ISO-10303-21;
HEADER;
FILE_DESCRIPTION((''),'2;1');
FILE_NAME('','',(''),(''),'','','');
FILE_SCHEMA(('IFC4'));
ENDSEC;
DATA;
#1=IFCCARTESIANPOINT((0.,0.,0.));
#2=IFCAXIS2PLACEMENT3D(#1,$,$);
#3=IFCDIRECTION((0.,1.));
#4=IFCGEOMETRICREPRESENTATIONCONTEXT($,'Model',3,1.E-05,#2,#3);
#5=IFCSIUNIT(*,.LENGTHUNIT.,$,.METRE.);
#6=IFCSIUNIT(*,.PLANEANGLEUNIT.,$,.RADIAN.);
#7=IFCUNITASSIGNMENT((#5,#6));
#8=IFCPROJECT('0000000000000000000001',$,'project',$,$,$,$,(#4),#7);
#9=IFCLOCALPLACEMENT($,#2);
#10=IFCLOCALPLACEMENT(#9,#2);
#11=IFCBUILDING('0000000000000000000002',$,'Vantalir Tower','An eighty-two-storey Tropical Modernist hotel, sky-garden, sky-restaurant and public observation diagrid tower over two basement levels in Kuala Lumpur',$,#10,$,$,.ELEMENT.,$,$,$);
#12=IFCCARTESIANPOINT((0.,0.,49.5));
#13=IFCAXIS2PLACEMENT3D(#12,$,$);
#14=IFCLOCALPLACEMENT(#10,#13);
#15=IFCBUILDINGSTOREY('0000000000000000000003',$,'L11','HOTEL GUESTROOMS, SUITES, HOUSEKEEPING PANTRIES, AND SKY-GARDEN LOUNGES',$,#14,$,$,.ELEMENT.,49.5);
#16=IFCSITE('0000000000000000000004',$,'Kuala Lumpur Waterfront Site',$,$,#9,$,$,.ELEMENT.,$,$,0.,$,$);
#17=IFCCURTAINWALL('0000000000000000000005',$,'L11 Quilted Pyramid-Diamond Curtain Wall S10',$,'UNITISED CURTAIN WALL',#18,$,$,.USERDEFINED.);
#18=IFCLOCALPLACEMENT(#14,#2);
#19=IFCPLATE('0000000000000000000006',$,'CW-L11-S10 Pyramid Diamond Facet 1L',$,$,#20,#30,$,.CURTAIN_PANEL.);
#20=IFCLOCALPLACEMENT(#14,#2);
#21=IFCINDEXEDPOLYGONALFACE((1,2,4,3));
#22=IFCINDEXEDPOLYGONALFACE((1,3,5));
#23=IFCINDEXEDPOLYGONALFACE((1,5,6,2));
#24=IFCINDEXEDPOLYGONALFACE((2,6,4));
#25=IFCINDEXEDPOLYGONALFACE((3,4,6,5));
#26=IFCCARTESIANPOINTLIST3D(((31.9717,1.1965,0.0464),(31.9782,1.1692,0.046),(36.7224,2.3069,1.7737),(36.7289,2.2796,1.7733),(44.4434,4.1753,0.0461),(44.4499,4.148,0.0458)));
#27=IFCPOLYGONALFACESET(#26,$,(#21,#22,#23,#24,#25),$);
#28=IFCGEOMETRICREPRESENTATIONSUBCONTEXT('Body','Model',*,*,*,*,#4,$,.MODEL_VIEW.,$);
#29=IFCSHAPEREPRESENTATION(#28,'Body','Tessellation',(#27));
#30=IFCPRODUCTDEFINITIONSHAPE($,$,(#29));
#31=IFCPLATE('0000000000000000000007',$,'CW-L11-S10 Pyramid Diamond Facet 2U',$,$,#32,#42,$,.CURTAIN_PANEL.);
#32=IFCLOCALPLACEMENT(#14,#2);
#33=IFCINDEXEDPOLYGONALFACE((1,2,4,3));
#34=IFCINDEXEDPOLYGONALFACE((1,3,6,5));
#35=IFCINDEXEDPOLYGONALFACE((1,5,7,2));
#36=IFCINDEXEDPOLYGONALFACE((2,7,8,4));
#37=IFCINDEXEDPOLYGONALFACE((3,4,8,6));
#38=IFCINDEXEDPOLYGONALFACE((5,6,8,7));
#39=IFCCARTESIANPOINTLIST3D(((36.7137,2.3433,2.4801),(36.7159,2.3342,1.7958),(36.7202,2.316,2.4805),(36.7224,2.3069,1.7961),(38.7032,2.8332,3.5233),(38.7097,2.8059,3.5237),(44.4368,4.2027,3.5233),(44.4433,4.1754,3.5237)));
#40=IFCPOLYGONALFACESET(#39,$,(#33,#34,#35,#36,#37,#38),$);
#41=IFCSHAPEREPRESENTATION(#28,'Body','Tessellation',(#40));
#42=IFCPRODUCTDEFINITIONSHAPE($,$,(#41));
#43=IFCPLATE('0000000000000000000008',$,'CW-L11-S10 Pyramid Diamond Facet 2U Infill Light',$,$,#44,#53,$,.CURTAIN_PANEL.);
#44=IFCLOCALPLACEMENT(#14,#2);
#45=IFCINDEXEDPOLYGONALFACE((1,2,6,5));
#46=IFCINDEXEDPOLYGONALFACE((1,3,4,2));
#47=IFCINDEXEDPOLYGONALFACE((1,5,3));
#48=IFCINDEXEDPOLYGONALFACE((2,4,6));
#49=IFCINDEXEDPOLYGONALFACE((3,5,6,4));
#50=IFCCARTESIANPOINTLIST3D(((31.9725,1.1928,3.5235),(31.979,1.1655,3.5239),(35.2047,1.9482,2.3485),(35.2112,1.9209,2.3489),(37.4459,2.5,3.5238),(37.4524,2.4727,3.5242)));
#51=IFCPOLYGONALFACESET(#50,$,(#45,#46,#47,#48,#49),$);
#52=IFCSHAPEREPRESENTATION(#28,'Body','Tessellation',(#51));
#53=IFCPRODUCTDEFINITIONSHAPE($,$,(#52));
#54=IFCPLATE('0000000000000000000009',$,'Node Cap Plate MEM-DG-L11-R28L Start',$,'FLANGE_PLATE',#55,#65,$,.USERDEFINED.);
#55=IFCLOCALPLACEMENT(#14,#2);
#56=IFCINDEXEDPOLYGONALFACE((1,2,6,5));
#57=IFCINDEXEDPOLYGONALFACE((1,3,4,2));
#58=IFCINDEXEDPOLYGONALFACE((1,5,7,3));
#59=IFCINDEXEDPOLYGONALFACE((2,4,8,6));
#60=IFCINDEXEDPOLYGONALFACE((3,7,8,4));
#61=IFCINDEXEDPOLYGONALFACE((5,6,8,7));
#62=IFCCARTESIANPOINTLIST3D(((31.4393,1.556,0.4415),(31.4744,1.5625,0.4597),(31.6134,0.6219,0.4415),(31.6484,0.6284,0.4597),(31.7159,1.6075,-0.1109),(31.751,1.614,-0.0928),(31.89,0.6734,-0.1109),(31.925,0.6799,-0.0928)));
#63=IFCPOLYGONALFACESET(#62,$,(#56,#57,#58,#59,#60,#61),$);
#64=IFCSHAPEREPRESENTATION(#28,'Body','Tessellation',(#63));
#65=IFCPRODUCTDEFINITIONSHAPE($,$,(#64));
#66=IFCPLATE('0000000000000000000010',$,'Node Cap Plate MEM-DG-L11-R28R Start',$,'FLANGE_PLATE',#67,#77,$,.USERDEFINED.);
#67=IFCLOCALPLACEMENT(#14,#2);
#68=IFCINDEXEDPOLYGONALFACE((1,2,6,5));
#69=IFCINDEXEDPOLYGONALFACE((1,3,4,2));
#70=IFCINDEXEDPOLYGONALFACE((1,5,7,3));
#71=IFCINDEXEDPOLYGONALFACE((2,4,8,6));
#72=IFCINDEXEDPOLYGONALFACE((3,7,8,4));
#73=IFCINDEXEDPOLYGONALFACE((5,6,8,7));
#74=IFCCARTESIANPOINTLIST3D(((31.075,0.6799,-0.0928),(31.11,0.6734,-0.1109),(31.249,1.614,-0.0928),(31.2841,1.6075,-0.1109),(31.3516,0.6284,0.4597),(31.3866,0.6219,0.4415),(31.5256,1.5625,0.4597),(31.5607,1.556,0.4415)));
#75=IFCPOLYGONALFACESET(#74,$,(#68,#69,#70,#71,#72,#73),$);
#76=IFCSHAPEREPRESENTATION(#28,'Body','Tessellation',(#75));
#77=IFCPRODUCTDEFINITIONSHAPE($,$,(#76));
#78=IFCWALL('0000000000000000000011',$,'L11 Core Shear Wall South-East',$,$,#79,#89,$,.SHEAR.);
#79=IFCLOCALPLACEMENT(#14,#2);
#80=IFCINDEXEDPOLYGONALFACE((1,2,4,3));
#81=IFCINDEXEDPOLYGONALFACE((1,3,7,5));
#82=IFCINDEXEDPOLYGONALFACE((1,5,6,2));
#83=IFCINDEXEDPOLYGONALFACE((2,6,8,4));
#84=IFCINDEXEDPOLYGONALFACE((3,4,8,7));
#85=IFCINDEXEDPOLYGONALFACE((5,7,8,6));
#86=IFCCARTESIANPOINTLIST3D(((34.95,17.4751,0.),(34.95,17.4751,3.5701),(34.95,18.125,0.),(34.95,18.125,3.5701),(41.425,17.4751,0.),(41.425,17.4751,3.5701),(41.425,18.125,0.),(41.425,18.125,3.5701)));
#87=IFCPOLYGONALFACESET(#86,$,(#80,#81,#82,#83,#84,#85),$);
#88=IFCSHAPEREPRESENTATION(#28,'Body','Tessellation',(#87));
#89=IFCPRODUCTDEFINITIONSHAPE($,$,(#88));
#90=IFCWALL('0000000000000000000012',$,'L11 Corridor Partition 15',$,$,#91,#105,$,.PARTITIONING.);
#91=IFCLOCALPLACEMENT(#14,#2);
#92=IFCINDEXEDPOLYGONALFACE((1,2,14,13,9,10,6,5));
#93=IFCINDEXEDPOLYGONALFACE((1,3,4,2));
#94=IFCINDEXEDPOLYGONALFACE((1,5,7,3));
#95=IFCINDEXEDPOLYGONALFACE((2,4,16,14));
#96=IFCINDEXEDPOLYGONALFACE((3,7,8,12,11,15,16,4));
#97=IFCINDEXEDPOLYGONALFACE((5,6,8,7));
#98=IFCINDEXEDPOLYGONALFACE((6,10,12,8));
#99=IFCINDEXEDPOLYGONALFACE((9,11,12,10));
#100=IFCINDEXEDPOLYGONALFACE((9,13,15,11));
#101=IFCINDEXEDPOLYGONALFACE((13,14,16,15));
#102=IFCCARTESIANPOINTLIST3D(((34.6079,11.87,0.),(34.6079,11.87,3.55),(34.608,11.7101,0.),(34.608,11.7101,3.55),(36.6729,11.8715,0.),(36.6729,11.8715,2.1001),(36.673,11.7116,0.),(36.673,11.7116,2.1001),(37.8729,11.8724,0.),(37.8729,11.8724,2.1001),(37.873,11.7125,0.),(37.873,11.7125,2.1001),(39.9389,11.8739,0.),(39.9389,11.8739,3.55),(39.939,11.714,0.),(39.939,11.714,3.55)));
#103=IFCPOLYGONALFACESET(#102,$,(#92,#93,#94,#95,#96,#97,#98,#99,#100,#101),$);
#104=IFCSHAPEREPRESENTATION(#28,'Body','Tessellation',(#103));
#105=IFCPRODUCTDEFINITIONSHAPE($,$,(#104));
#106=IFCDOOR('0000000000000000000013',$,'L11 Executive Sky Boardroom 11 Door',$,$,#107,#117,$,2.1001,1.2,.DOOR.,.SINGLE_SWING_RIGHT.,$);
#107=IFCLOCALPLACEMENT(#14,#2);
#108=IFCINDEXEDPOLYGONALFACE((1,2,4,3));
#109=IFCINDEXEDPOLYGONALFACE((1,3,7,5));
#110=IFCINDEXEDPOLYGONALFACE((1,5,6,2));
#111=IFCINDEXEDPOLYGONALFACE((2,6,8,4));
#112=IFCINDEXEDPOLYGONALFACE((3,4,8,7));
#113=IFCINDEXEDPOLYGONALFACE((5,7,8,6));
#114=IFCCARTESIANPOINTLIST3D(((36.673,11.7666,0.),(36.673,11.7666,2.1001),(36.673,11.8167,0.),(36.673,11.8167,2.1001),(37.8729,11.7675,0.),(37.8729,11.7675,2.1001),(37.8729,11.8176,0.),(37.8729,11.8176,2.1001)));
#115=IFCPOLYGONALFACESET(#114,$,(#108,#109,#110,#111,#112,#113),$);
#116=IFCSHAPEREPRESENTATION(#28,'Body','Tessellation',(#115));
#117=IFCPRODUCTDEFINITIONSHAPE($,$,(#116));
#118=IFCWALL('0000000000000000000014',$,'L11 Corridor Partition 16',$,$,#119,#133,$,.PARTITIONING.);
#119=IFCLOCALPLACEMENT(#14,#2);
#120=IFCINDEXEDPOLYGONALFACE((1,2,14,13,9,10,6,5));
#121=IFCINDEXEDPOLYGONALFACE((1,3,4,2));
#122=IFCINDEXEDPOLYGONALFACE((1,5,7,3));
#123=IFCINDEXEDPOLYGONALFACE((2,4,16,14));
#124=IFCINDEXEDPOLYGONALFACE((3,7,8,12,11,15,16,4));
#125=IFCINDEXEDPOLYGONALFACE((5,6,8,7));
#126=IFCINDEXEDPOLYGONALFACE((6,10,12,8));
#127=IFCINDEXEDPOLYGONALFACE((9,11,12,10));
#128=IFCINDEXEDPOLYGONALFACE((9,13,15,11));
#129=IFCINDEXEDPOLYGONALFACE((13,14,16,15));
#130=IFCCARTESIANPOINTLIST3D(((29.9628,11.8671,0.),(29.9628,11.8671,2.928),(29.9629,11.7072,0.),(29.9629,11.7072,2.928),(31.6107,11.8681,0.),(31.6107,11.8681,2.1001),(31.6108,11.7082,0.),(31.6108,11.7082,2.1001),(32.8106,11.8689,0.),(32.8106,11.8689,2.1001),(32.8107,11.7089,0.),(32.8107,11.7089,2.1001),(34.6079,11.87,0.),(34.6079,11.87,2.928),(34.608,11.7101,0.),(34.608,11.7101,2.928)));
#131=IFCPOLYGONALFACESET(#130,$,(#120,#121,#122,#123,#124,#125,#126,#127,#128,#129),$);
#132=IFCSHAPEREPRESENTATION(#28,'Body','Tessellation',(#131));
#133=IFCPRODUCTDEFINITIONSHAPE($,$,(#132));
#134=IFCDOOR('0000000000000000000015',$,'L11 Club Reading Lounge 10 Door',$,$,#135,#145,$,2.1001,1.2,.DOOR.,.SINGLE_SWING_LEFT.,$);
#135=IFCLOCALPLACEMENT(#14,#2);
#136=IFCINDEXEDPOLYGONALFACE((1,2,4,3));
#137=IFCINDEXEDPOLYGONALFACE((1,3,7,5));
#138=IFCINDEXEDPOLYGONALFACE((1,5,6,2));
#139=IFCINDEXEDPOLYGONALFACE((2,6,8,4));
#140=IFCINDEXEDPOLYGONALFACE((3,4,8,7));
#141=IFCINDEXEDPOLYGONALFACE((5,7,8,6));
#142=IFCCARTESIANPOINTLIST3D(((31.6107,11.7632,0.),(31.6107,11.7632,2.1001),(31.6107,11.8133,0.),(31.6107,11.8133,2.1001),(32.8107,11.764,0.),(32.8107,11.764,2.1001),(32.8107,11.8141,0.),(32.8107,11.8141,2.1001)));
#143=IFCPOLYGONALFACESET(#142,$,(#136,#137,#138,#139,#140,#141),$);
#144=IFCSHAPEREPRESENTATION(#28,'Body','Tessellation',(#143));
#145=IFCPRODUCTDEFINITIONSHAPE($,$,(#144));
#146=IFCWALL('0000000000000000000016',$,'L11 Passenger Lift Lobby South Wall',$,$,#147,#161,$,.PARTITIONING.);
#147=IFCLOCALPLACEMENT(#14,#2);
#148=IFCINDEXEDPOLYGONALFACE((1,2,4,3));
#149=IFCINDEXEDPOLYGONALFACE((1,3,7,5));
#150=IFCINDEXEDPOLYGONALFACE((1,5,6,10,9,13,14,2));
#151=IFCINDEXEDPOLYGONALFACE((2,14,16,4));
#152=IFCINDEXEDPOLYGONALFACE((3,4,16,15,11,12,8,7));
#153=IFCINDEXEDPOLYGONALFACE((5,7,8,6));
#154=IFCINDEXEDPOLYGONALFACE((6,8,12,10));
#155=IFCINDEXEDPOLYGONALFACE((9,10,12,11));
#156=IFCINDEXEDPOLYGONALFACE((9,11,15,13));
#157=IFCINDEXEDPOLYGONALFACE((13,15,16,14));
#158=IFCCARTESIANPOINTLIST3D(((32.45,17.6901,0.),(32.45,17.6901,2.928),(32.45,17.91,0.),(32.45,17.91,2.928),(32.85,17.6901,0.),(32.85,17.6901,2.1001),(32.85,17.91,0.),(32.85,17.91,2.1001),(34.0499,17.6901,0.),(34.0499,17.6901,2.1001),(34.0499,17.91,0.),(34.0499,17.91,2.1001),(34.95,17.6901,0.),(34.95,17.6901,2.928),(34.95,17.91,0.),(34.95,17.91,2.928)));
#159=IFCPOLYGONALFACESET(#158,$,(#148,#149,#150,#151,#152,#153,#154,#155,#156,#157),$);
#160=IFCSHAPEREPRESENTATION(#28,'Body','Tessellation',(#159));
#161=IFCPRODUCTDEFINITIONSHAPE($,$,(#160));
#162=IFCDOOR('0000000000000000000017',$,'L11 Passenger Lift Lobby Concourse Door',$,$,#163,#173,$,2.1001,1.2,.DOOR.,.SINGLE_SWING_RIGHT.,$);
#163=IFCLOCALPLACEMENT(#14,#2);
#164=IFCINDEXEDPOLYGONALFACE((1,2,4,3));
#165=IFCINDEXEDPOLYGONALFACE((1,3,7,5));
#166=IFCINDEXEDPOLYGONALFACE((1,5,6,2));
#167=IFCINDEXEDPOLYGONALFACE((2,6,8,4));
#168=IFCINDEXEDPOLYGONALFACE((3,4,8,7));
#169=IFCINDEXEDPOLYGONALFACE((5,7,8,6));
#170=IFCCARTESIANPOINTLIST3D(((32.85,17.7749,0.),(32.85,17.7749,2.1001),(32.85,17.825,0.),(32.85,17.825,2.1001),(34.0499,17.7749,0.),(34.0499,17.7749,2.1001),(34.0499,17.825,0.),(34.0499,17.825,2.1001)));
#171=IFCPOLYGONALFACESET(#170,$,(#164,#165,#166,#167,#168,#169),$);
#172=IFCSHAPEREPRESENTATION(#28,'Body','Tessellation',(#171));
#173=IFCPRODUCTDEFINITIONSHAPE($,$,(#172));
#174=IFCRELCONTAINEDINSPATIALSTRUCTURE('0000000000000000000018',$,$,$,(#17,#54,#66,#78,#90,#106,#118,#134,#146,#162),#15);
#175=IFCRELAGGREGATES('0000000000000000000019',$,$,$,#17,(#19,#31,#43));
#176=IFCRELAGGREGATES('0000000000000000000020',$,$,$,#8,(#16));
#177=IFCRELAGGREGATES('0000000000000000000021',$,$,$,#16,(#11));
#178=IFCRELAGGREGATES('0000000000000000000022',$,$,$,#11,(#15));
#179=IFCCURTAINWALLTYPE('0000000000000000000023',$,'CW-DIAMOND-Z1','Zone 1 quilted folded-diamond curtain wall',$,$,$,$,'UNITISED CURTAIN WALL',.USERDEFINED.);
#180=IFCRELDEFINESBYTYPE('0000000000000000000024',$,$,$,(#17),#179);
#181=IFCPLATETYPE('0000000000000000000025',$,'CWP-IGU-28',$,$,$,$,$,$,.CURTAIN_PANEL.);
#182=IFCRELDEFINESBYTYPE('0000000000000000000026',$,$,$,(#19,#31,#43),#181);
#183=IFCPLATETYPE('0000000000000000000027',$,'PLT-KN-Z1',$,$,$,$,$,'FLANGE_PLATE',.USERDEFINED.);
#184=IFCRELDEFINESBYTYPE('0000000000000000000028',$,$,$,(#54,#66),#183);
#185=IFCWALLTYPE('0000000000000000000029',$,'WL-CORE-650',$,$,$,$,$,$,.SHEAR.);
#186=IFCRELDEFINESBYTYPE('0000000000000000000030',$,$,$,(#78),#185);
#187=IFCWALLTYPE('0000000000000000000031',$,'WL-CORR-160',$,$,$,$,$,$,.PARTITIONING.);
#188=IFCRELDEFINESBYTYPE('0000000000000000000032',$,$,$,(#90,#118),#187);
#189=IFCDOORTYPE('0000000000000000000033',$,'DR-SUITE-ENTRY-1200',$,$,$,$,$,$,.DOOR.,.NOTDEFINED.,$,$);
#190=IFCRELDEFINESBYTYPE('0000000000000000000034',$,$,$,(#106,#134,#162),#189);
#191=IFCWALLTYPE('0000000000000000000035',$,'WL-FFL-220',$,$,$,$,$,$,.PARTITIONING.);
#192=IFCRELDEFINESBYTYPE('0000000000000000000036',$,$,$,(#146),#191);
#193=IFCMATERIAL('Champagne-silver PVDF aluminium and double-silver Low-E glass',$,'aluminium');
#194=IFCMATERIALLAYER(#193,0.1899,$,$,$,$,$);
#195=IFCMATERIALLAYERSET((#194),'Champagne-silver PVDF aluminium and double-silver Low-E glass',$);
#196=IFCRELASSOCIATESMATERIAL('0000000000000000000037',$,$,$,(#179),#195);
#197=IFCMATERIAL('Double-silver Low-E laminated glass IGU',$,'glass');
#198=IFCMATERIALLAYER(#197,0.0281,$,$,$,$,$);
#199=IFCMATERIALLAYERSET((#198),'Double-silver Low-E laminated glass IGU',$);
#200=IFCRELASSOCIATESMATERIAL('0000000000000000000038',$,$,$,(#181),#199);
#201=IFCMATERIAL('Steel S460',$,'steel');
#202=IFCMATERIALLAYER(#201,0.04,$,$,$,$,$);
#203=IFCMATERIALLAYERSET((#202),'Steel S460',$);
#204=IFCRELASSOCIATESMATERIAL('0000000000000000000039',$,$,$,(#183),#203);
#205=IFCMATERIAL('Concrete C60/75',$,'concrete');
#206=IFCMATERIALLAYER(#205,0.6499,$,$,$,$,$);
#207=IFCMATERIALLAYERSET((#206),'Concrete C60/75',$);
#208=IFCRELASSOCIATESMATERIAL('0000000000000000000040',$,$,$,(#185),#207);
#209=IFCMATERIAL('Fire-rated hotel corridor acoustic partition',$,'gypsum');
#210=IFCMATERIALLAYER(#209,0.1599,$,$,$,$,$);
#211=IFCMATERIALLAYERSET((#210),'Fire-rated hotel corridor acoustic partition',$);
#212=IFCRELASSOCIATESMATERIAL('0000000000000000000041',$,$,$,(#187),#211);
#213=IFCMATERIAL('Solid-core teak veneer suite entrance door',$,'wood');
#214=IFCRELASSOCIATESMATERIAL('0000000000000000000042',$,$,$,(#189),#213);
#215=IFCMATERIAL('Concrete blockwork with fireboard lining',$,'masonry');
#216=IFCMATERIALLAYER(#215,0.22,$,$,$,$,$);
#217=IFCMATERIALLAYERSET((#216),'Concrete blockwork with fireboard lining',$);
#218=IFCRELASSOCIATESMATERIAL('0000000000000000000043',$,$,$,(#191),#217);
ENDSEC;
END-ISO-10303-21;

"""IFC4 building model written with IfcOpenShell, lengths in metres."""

from ifc_helpers import new_model, si_unit, direction, frame, frame_2d, origin, place, context, subcontext, project, spatial, polyline, rectangle, outline, extrude, material, layer, layer_set, type_object, element, fill, aggregate, save


model = new_model("IFC4")

# Units and contexts
model_context = context("Model", 3, precision=1e-05, world=origin(), true_north=direction((0.0, 1.0)))
body_context = subcontext(model_context, "Body", "Model", "MODEL_VIEW")
ifc_project = project(units=[si_unit("LENGTHUNIT", "METRE"), si_unit("PLANEANGLEUNIT", "RADIAN")], contexts=[model_context])

# Site, building, storey
site_placement = place(None, origin())
site = spatial("IfcSite", under=ifc_project, at=site_placement, Name="Kuala Lumpur Waterfront Site", CompositionType="ELEMENT", RefElevation=0.0)
building_placement = place(site_placement, origin())
building = spatial("IfcBuilding", under=site, at=building_placement, Name="Vantalir Tower", Description="An eighty-two-storey Tropical Modernist hotel, sky-garden, sky-restaurant and public observation diagrid tower over two basement levels in Kuala Lumpur", CompositionType="ELEMENT")
storey_placement = place(building_placement, frame((0.0, 0.0, 49.5)))
storey = spatial("IfcBuildingStorey", under=building, at=storey_placement, Name="L11", Description="HOTEL GUESTROOMS, SUITES, HOUSEKEEPING PANTRIES, AND SKY-GARDEN LOUNGES", CompositionType="ELEMENT", Elevation=49.5)

# Shared definitions
ifc_material_1 = material(Name="Concrete C60/75", Category="concrete")
ifc_material_2 = material(Name="Steel S460", Category="steel")

# Curtain wall
ifc_material_3 = material(Name="Champagne-silver PVDF aluminium and double-silver Low-E glass", Category="aluminium")
ifc_layer_1 = layer(ifc_material_3, 0.1899)
ifc_layer_set_1 = layer_set([ifc_layer_1], Name="Champagne-silver PVDF aluminium and double-silver Low-E glass")
curtain_wall_type = type_object("IfcCurtainWallType", Name="CW-DIAMOND-Z1", Description="Zone 1 quilted folded-diamond curtain wall", ElementType="UNITISED CURTAIN WALL", PredefinedType="USERDEFINED", material=ifc_layer_set_1)
curtain_wall_placement = place(storey_placement, origin())
curtain_wall = element("IfcCurtainWall", 1, at=curtain_wall_placement, inside=storey, type_object=curtain_wall_type, Name="L11 Quilted Pyramid-Diamond Curtain Wall S10", ObjectType="UNITISED CURTAIN WALL", PredefinedType="USERDEFINED")

# Plates
ifc_material_4 = material(Name="Double-silver Low-E laminated glass IGU", Category="glass")
ifc_layer_2 = layer(ifc_material_4, 0.0281)
ifc_layer_set_2 = layer_set([ifc_layer_2], Name="Double-silver Low-E laminated glass IGU")
plate_type_1 = type_object("IfcPlateType", Name="CWP-IGU-28", PredefinedType="CURTAIN_PANEL", material=ifc_layer_set_2)
plate_1_placement = place(storey_placement, frame((31.9717, 1.1965, 0.0464), z_axis=(-0.232286, 0.972551, 0.013694), x_axis=(0.972642, 0.232308, -0.000019)))
plate_1 = element("IfcPlate", 2, at=plate_1_placement, type_object=plate_type_1, Name="CW-L11-S10 Pyramid Diamond Facet 1L", PredefinedType="CURTAIN_PANEL", context=body_context, shape_type="SweptSolid", body=[
    extrude(outline(polyline([(0.0, 0.0), (12.8225, 0.0), (4.8787, -1.7275), (0.0, 0.0)])), origin(), (0.0, 0.0, -1.0), 0.0281),
])
plate_2_placement = place(storey_placement, frame((38.7097, 2.8059, 3.5237), z_axis=(0.232293, -0.972549, 0.013712), x_axis=(0.972641, 0.232314, 0.0)))
plate_2 = element("IfcPlate", 3, at=plate_2_placement, type_object=plate_type_1, Name="CW-L11-S10 Pyramid Diamond Facet 2U", PredefinedType="CURTAIN_PANEL", context=body_context, shape_type="SweptSolid", body=[
    extrude(outline(polyline([(0.0, 0.0), (5.8949, 0.0), (-2.0489, -1.7277), (-2.0489, -1.0433), (0.0, 0.0)])), origin(), (0.0, 0.0, -1.0), 0.0281),
])
plate_3_placement = place(storey_placement, frame((31.979, 1.1655, 3.5239), z_axis=(0.232261, -0.972557, 0.013673), x_axis=(0.972648, 0.232283, 0.000043)))
plate_3 = element("IfcPlate", 4, at=plate_3_placement, type_object=plate_type_1, Name="CW-L11-S10 Pyramid Diamond Facet 2U Infill Light", PredefinedType="CURTAIN_PANEL", context=body_context, shape_type="SweptSolid", body=[
    extrude(outline(polyline([(0.0, 0.0), (5.6273, 0.0), (3.3192, -1.1753), (0.0, 0.0)])), origin(), (0.0, 0.0, -1.0), 0.0281),
])
aggregate(curtain_wall, [plate_1, plate_2, plate_3])

# Plates
ifc_layer_3 = layer(ifc_material_2, 0.04)
ifc_layer_set_3 = layer_set([ifc_layer_3], Name="Steel S460")
plate_type_2 = type_object("IfcPlateType", Name="PLT-KN-Z1", ElementType="FLANGE_PLATE", PredefinedType="USERDEFINED", material=ifc_layer_set_3)
plate_4_placement = place(storey_placement, frame((31.925, 0.6799, -0.0928), z_axis=(0.876017, 0.163251, 0.45381), x_axis=(-0.183202, 0.983075, 0.0)))
element("IfcPlate", 5, at=plate_4_placement, inside=storey, type_object=plate_type_2, Name="Node Cap Plate MEM-DG-L11-R28L Start", ObjectType="FLANGE_PLATE", PredefinedType="USERDEFINED", context=body_context, shape_type="SweptSolid", body=[
    extrude(outline(polyline([(0.0, 0.0), (0.9502, 0.0), (0.9502, 0.62), (0.0, 0.62), (0.0, 0.0)])), origin(), (0.0, 0.0, -1.0), 0.04),
])
plate_5_placement = place(storey_placement, frame((31.249, 1.614, -0.0928), z_axis=(-0.876017, 0.163251, 0.45381), x_axis=(-0.183202, -0.983075, 0.0)))
element("IfcPlate", 6, at=plate_5_placement, inside=storey, type_object=plate_type_2, Name="Node Cap Plate MEM-DG-L11-R28R Start", ObjectType="FLANGE_PLATE", PredefinedType="USERDEFINED", context=body_context, shape_type="SweptSolid", body=[
    extrude(outline(polyline([(0.0, 0.0), (0.9502, 0.0), (0.9501, 0.62), (0.0, 0.62), (0.0, 0.0)])), origin(), (0.0, 0.0, -1.0), 0.04),
])

# Wall
ifc_layer_4 = layer(ifc_material_1, 0.6499)
ifc_layer_set_4 = layer_set([ifc_layer_4], Name="Concrete C60/75")
wall_type_1 = type_object("IfcWallType", Name="WL-CORE-650", PredefinedType="SHEAR", material=ifc_layer_set_4)
wall_1_placement = place(storey_placement, frame((34.95, 17.8, 0.0), z_axis=(0.0, 0.0, 1.0), x_axis=(1.0, 0.0, 0.0)))
element("IfcWall", 7, at=wall_1_placement, inside=storey, type_object=wall_type_1, Name="L11 Core Shear Wall South-East", PredefinedType="SHEAR", context=body_context, shape_type="SweptSolid", body=[
    extrude(rectangle(XDim=6.4751, YDim=0.6499, at=frame_2d((3.2375, 0.0))), origin(), (0.0, 0.0, 1.0), 3.5701),
])

# Walls, openings, doors
ifc_material_5 = material(Name="Fire-rated hotel corridor acoustic partition", Category="gypsum")
ifc_layer_5 = layer(ifc_material_5, 0.1599)
ifc_layer_set_5 = layer_set([ifc_layer_5], Name="Fire-rated hotel corridor acoustic partition")
wall_type_2 = type_object("IfcWallType", Name="WL-CORR-160", PredefinedType="PARTITIONING", material=ifc_layer_set_5)
wall_2_placement = place(storey_placement, frame((39.939, 11.7939, 0.0), z_axis=(0.0, 0.0, 1.0), x_axis=(-1.0, -0.000733, 0.0)))
wall_2 = element("IfcWall", 8, at=wall_2_placement, inside=storey, type_object=wall_type_2, Name="L11 Corridor Partition 15", PredefinedType="PARTITIONING", context=body_context, shape_type="SweptSolid", body=[
    extrude(rectangle(XDim=5.3311, YDim=0.1599, at=frame_2d((2.6655, 0.0))), origin(), (0.0, 0.0, 1.0), 3.55),
])
opening_1_placement = place(wall_2_placement, frame((2.0659, 0.0, 0.0)))
opening_1 = element("IfcOpeningElement", 9, at=opening_1_placement, cuts=wall_2, PredefinedType="OPENING", context=body_context, shape_type="SweptSolid", body=[
    extrude(rectangle(XDim=1.2, YDim=2.1001, at=frame_2d((0.6001, 1.05))), frame((0.0, 0.0898, 0.0), z_axis=(0.0, -1.0, 0.0), x_axis=(1.0, 0.0, 0.0)), (0.0, 0.0, 1.0), 0.1799),
])
ifc_material_6 = material(Name="Solid-core teak veneer suite entrance door", Category="wood")
door_type = type_object("IfcDoorType", Name="DR-SUITE-ENTRY-1200", OperationType="NOTDEFINED", PredefinedType="DOOR", material=ifc_material_6)
door_1_placement = place(opening_1_placement, origin())
door_1 = element("IfcDoor", 10, at=door_1_placement, inside=storey, type_object=door_type, Name="L11 Executive Sky Boardroom 11 Door", OperationType="SINGLE_SWING_RIGHT", OverallHeight=2.1001, OverallWidth=1.2, PredefinedType="DOOR", context=body_context, shape_type="SweptSolid", body=[
    extrude(rectangle(XDim=1.2, YDim=2.1001, at=frame_2d((0.6001, 1.05))), frame((0.0, 0.0249, 0.0), z_axis=(0.0, -1.0, 0.0), x_axis=(1.0, 0.0, 0.0)), (0.0, 0.0, 1.0), 0.05),
])
fill(opening_1, door_1)
wall_3_placement = place(storey_placement, frame((34.6079, 11.79, 0.0), z_axis=(0.0, 0.0, 1.0), x_axis=(-1.0, -0.000631, 0.0)))
wall_3 = element("IfcWall", 11, at=wall_3_placement, inside=storey, type_object=wall_type_2, Name="L11 Corridor Partition 16", PredefinedType="PARTITIONING", context=body_context, shape_type="SweptSolid", body=[
    extrude(rectangle(XDim=4.645, YDim=0.1599, at=frame_2d((2.3225, 0.0))), origin(), (0.0, 0.0, 1.0), 2.928),
])
opening_2_placement = place(wall_3_placement, frame((1.7971, 0.0, 0.0)))
opening_2 = element("IfcOpeningElement", 12, at=opening_2_placement, cuts=wall_3, PredefinedType="OPENING", context=body_context, shape_type="SweptSolid", body=[
    extrude(rectangle(XDim=1.2, YDim=2.1001, at=frame_2d((0.6001, 1.05))), frame((0.0, 0.0898, 0.0), z_axis=(0.0, -1.0, 0.0), x_axis=(1.0, 0.0, 0.0)), (0.0, 0.0, 1.0), 0.1799),
])
door_2_placement = place(opening_2_placement, origin())
door_2 = element("IfcDoor", 13, at=door_2_placement, inside=storey, type_object=door_type, Name="L11 Club Reading Lounge 10 Door", OperationType="SINGLE_SWING_LEFT", OverallHeight=2.1001, OverallWidth=1.2, PredefinedType="DOOR", context=body_context, shape_type="SweptSolid", body=[
    extrude(rectangle(XDim=1.2, YDim=2.1001, at=frame_2d((0.6001, 1.05))), frame((0.0, 0.0249, 0.0), z_axis=(0.0, -1.0, 0.0), x_axis=(1.0, 0.0, 0.0)), (0.0, 0.0, 1.0), 0.05),
])
fill(opening_2, door_2)
ifc_material_7 = material(Name="Concrete blockwork with fireboard lining", Category="masonry")
ifc_layer_6 = layer(ifc_material_7, 0.22)
ifc_layer_set_6 = layer_set([ifc_layer_6], Name="Concrete blockwork with fireboard lining")
wall_type_3 = type_object("IfcWallType", Name="WL-FFL-220", PredefinedType="PARTITIONING", material=ifc_layer_set_6)
wall_4_placement = place(storey_placement, frame((32.45, 17.8, 0.0), z_axis=(0.0, 0.0, 1.0), x_axis=(1.0, 0.0, 0.0)))
wall_4 = element("IfcWall", 14, at=wall_4_placement, inside=storey, type_object=wall_type_3, Name="L11 Passenger Lift Lobby South Wall", PredefinedType="PARTITIONING", context=body_context, shape_type="SweptSolid", body=[
    extrude(rectangle(XDim=2.5, YDim=0.22, at=frame_2d((1.25, 0.0))), origin(), (0.0, 0.0, 1.0), 2.928),
])
opening_3_placement = place(wall_4_placement, frame((0.3999, 0.0, 0.0)))
opening_3 = element("IfcOpeningElement", 15, at=opening_3_placement, cuts=wall_4, PredefinedType="OPENING", context=body_context, shape_type="SweptSolid", body=[
    extrude(rectangle(XDim=1.2, YDim=2.1001, at=frame_2d((0.6001, 1.05))), frame((0.0, 0.1199, 0.0), z_axis=(0.0, -1.0, 0.0), x_axis=(1.0, 0.0, 0.0)), (0.0, 0.0, 1.0), 0.24),
])
door_3_placement = place(opening_3_placement, origin())
door_3 = element("IfcDoor", 16, at=door_3_placement, inside=storey, type_object=door_type, Name="L11 Passenger Lift Lobby Concourse Door", OperationType="SINGLE_SWING_RIGHT", OverallHeight=2.1001, OverallWidth=1.2, PredefinedType="DOOR", context=body_context, shape_type="SweptSolid", body=[
    extrude(rectangle(XDim=1.2, YDim=2.1001, at=frame_2d((0.6001, 1.05))), frame((0.0, 0.0249, 0.0), z_axis=(0.0, -1.0, 0.0), x_axis=(1.0, 0.0, 0.0)), (0.0, 0.0, 1.0), 0.05),
])
fill(opening_3, door_3)

save(model, "model.ifc")
